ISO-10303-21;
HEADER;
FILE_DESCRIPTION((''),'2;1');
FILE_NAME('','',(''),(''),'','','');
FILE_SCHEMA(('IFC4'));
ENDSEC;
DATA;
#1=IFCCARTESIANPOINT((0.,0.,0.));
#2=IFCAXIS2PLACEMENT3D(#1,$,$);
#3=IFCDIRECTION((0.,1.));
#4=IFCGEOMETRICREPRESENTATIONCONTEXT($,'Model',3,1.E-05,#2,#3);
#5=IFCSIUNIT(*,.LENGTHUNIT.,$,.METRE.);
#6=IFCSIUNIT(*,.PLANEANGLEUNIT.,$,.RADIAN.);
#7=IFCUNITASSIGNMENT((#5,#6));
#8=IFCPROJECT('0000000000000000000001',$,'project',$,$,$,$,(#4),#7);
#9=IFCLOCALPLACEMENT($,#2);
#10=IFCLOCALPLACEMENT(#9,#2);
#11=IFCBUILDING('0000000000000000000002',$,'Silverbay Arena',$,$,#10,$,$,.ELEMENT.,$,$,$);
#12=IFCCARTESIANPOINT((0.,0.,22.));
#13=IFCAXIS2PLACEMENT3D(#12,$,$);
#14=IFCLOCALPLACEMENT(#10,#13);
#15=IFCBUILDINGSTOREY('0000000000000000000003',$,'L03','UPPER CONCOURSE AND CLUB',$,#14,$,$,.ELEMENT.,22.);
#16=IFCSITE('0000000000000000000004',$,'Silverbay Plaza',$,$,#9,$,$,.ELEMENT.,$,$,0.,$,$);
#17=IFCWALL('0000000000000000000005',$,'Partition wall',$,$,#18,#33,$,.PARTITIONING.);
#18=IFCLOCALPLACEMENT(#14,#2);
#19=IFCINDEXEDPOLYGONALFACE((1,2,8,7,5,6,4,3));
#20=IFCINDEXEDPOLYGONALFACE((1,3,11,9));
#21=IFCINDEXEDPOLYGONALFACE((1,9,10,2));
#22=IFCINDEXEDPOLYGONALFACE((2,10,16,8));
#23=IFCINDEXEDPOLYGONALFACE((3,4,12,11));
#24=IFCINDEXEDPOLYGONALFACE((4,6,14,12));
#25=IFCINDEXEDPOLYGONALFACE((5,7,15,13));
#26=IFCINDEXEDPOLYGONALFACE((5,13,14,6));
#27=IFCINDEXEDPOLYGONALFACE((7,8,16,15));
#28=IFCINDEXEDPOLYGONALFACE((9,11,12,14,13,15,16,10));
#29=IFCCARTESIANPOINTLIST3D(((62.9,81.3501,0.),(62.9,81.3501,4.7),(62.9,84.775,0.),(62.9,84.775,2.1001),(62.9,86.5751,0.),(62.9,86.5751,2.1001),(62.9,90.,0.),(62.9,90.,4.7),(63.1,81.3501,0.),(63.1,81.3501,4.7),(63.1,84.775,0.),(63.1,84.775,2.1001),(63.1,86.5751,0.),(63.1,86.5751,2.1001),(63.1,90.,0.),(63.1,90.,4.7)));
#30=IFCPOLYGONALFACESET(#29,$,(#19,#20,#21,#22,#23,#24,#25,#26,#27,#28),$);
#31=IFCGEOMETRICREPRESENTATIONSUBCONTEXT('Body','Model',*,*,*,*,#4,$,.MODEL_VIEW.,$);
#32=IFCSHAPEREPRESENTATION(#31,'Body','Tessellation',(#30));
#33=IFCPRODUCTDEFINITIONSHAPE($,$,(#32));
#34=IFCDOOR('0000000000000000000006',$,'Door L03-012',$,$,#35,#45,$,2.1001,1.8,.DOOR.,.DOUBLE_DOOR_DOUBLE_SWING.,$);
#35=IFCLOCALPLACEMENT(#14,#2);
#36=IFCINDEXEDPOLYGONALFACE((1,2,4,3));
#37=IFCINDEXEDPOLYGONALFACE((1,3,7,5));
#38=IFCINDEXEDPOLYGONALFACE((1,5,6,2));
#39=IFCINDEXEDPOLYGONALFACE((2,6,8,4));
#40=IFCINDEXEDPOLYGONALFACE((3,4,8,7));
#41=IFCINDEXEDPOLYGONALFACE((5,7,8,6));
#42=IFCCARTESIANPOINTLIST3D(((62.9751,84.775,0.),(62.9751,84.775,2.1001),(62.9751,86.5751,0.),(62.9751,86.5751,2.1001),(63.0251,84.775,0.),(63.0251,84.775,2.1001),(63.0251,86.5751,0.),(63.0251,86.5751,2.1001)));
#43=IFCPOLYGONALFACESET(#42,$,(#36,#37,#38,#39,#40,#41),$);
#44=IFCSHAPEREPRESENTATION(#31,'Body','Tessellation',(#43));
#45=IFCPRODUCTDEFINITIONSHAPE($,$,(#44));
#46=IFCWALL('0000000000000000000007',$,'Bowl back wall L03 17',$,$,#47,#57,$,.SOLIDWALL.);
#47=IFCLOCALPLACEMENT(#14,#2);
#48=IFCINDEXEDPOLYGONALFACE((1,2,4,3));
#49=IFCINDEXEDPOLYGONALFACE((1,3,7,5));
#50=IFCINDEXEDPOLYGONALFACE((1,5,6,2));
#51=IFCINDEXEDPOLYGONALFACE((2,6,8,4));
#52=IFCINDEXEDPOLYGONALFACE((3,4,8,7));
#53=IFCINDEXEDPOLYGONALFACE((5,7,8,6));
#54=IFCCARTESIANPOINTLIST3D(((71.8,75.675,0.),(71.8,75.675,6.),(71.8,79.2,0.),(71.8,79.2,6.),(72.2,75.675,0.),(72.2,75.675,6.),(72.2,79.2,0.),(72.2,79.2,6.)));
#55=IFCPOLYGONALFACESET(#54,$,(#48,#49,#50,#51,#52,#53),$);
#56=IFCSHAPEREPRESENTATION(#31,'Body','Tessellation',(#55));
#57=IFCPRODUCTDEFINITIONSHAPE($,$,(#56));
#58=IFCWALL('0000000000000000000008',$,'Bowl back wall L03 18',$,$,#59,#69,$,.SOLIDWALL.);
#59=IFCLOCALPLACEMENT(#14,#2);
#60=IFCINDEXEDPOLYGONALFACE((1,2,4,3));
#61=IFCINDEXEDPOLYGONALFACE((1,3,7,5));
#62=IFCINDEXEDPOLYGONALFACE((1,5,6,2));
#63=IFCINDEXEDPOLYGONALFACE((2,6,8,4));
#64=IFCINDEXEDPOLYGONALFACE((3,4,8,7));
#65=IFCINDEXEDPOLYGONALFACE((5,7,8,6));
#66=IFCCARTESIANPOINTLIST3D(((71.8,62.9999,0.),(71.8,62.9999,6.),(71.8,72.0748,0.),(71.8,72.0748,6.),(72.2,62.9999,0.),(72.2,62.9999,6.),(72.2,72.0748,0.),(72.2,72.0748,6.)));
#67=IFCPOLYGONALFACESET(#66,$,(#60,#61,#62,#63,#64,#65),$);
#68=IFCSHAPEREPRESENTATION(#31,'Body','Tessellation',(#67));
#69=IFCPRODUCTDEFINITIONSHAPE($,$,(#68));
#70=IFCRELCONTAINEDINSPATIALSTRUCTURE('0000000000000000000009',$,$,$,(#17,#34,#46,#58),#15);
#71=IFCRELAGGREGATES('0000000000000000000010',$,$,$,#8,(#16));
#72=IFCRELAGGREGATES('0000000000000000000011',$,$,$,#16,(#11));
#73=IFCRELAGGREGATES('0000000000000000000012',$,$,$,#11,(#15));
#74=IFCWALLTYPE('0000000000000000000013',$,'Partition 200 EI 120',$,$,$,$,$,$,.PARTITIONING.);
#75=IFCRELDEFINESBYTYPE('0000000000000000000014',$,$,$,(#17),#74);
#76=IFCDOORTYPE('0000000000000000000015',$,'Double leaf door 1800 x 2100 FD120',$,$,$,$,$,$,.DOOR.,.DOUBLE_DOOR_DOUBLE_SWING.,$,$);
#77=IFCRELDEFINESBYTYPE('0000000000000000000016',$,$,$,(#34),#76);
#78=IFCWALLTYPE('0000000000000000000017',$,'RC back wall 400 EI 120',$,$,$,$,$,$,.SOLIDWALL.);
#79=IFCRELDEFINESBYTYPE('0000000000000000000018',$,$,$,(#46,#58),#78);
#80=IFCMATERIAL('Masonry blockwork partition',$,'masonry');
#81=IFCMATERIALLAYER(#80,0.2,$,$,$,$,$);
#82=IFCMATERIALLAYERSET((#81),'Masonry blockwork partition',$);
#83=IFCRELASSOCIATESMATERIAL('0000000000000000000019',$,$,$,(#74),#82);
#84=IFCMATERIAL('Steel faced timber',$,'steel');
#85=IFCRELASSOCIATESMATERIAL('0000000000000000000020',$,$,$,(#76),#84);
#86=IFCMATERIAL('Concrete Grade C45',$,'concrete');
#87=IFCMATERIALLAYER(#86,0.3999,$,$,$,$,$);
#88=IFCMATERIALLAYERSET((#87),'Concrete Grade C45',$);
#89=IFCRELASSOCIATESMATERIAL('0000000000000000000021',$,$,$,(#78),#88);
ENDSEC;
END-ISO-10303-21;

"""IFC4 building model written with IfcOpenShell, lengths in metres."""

from ifc_helpers import new_model, si_unit, direction, frame, frame_2d, origin, place, context, subcontext, project, spatial, rectangle, extrude, material, layer, layer_set, type_object, element, fill, save


model = new_model("IFC4")

# Units and contexts
model_context = context("Model", 3, precision=1e-05, world=origin(), true_north=direction((0.0, 1.0)))
body_context = subcontext(model_context, "Body", "Model", "MODEL_VIEW")
ifc_project = project(units=[si_unit("LENGTHUNIT", "METRE"), si_unit("PLANEANGLEUNIT", "RADIAN")], contexts=[model_context])

# Site, building, storey
site_placement = place(None, origin())
site = spatial("IfcSite", under=ifc_project, at=site_placement, Name="Silverbay Plaza", CompositionType="ELEMENT", RefElevation=0.0)
building_placement = place(site_placement, origin())
building = spatial("IfcBuilding", under=site, at=building_placement, Name="Silverbay Arena", CompositionType="ELEMENT")
storey_placement = place(building_placement, frame((0.0, 0.0, 22.0)))
storey = spatial("IfcBuildingStorey", under=building, at=storey_placement, Name="L03", Description="UPPER CONCOURSE AND CLUB", CompositionType="ELEMENT", Elevation=22.0)

# Wall, opening, door
ifc_material_1 = material(Name="Masonry blockwork partition", Category="masonry")
ifc_layer_1 = layer(ifc_material_1, 0.2)
ifc_layer_set_1 = layer_set([ifc_layer_1], Name="Masonry blockwork partition")
wall_type_1 = type_object("IfcWallType", Name="Partition 200 EI 120", PredefinedType="PARTITIONING", material=ifc_layer_set_1)
wall_1_placement = place(storey_placement, frame((63.0, 81.3501, 0.0), z_axis=(0.0, 0.0, 1.0), x_axis=(0.0, 1.0, 0.0)))
wall_1 = element("IfcWall", 1, at=wall_1_placement, inside=storey, type_object=wall_type_1, Name="Partition wall", PredefinedType="PARTITIONING", context=body_context, shape_type="SweptSolid", body=[
    extrude(rectangle(XDim=8.6499, YDim=0.2, at=frame_2d((4.325, 0.0))), origin(), (0.0, 0.0, 1.0), 4.7),
])
opening_1_placement = place(wall_1_placement, frame((3.425, 0.0, 0.0)))
opening_1 = element("IfcOpeningElement", 2, at=opening_1_placement, cuts=wall_1, PredefinedType="OPENING", context=body_context, shape_type="SweptSolid", body=[
    extrude(rectangle(XDim=1.8, YDim=2.1001, at=frame_2d((0.8999, 1.05))), frame((0.0, 0.1099, 0.0), z_axis=(0.0, -1.0, 0.0), x_axis=(1.0, 0.0, 0.0)), (0.0, 0.0, 1.0), 0.22),
])
ifc_material_2 = material(Name="Steel faced timber", Category="steel")
door_type_1 = type_object("IfcDoorType", Name="Double leaf door 1800 x 2100 FD120", OperationType="DOUBLE_DOOR_DOUBLE_SWING", PredefinedType="DOOR", material=ifc_material_2)
door_1_placement = place(opening_1_placement, origin())
door_1 = element("IfcDoor", 3, at=door_1_placement, inside=storey, type_object=door_type_1, Name="Door L03-012", OperationType="DOUBLE_DOOR_DOUBLE_SWING", OverallHeight=2.1001, OverallWidth=1.8, PredefinedType="DOOR", context=body_context, shape_type="SweptSolid", body=[
    extrude(rectangle(XDim=1.8, YDim=2.1001, at=frame_2d((0.8999, 1.05))), frame((0.0, 0.0249, 0.0), z_axis=(0.0, -1.0, 0.0), x_axis=(1.0, 0.0, 0.0)), (0.0, 0.0, 1.0), 0.05),
])
fill(opening_1, door_1)

# Walls
ifc_material_3 = material(Name="Concrete Grade C45", Category="concrete")
ifc_layer_2 = layer(ifc_material_3, 0.3999)
ifc_layer_set_2 = layer_set([ifc_layer_2], Name="Concrete Grade C45")
wall_type_2 = type_object("IfcWallType", Name="RC back wall 400 EI 120", PredefinedType="SOLIDWALL", material=ifc_layer_set_2)
wall_2_placement = place(storey_placement, frame((72.0, 79.2, 0.0), z_axis=(0.0, 0.0, 1.0), x_axis=(0.0, -1.0, 0.0)))
element("IfcWall", 4, at=wall_2_placement, inside=storey, type_object=wall_type_2, Name="Bowl back wall L03 17", PredefinedType="SOLIDWALL", context=body_context, shape_type="SweptSolid", body=[
    extrude(rectangle(XDim=3.5249, YDim=0.3999, at=frame_2d((1.7625, 0.0))), origin(), (0.0, 0.0, 1.0), 6.0),
])
wall_3_placement = place(storey_placement, frame((72.0, 72.075, 0.0), z_axis=(0.0, 0.0, 1.0), x_axis=(0.0, -1.0, 0.0)))
element("IfcWall", 5, at=wall_3_placement, inside=storey, type_object=wall_type_2, Name="Bowl back wall L03 18", PredefinedType="SOLIDWALL", context=body_context, shape_type="SweptSolid", body=[
    extrude(rectangle(XDim=9.075, YDim=0.3999, at=frame_2d((4.5376, 0.0))), origin(), (0.0, 0.0, 1.0), 6.0),
])

save(model, "model.ifc")
